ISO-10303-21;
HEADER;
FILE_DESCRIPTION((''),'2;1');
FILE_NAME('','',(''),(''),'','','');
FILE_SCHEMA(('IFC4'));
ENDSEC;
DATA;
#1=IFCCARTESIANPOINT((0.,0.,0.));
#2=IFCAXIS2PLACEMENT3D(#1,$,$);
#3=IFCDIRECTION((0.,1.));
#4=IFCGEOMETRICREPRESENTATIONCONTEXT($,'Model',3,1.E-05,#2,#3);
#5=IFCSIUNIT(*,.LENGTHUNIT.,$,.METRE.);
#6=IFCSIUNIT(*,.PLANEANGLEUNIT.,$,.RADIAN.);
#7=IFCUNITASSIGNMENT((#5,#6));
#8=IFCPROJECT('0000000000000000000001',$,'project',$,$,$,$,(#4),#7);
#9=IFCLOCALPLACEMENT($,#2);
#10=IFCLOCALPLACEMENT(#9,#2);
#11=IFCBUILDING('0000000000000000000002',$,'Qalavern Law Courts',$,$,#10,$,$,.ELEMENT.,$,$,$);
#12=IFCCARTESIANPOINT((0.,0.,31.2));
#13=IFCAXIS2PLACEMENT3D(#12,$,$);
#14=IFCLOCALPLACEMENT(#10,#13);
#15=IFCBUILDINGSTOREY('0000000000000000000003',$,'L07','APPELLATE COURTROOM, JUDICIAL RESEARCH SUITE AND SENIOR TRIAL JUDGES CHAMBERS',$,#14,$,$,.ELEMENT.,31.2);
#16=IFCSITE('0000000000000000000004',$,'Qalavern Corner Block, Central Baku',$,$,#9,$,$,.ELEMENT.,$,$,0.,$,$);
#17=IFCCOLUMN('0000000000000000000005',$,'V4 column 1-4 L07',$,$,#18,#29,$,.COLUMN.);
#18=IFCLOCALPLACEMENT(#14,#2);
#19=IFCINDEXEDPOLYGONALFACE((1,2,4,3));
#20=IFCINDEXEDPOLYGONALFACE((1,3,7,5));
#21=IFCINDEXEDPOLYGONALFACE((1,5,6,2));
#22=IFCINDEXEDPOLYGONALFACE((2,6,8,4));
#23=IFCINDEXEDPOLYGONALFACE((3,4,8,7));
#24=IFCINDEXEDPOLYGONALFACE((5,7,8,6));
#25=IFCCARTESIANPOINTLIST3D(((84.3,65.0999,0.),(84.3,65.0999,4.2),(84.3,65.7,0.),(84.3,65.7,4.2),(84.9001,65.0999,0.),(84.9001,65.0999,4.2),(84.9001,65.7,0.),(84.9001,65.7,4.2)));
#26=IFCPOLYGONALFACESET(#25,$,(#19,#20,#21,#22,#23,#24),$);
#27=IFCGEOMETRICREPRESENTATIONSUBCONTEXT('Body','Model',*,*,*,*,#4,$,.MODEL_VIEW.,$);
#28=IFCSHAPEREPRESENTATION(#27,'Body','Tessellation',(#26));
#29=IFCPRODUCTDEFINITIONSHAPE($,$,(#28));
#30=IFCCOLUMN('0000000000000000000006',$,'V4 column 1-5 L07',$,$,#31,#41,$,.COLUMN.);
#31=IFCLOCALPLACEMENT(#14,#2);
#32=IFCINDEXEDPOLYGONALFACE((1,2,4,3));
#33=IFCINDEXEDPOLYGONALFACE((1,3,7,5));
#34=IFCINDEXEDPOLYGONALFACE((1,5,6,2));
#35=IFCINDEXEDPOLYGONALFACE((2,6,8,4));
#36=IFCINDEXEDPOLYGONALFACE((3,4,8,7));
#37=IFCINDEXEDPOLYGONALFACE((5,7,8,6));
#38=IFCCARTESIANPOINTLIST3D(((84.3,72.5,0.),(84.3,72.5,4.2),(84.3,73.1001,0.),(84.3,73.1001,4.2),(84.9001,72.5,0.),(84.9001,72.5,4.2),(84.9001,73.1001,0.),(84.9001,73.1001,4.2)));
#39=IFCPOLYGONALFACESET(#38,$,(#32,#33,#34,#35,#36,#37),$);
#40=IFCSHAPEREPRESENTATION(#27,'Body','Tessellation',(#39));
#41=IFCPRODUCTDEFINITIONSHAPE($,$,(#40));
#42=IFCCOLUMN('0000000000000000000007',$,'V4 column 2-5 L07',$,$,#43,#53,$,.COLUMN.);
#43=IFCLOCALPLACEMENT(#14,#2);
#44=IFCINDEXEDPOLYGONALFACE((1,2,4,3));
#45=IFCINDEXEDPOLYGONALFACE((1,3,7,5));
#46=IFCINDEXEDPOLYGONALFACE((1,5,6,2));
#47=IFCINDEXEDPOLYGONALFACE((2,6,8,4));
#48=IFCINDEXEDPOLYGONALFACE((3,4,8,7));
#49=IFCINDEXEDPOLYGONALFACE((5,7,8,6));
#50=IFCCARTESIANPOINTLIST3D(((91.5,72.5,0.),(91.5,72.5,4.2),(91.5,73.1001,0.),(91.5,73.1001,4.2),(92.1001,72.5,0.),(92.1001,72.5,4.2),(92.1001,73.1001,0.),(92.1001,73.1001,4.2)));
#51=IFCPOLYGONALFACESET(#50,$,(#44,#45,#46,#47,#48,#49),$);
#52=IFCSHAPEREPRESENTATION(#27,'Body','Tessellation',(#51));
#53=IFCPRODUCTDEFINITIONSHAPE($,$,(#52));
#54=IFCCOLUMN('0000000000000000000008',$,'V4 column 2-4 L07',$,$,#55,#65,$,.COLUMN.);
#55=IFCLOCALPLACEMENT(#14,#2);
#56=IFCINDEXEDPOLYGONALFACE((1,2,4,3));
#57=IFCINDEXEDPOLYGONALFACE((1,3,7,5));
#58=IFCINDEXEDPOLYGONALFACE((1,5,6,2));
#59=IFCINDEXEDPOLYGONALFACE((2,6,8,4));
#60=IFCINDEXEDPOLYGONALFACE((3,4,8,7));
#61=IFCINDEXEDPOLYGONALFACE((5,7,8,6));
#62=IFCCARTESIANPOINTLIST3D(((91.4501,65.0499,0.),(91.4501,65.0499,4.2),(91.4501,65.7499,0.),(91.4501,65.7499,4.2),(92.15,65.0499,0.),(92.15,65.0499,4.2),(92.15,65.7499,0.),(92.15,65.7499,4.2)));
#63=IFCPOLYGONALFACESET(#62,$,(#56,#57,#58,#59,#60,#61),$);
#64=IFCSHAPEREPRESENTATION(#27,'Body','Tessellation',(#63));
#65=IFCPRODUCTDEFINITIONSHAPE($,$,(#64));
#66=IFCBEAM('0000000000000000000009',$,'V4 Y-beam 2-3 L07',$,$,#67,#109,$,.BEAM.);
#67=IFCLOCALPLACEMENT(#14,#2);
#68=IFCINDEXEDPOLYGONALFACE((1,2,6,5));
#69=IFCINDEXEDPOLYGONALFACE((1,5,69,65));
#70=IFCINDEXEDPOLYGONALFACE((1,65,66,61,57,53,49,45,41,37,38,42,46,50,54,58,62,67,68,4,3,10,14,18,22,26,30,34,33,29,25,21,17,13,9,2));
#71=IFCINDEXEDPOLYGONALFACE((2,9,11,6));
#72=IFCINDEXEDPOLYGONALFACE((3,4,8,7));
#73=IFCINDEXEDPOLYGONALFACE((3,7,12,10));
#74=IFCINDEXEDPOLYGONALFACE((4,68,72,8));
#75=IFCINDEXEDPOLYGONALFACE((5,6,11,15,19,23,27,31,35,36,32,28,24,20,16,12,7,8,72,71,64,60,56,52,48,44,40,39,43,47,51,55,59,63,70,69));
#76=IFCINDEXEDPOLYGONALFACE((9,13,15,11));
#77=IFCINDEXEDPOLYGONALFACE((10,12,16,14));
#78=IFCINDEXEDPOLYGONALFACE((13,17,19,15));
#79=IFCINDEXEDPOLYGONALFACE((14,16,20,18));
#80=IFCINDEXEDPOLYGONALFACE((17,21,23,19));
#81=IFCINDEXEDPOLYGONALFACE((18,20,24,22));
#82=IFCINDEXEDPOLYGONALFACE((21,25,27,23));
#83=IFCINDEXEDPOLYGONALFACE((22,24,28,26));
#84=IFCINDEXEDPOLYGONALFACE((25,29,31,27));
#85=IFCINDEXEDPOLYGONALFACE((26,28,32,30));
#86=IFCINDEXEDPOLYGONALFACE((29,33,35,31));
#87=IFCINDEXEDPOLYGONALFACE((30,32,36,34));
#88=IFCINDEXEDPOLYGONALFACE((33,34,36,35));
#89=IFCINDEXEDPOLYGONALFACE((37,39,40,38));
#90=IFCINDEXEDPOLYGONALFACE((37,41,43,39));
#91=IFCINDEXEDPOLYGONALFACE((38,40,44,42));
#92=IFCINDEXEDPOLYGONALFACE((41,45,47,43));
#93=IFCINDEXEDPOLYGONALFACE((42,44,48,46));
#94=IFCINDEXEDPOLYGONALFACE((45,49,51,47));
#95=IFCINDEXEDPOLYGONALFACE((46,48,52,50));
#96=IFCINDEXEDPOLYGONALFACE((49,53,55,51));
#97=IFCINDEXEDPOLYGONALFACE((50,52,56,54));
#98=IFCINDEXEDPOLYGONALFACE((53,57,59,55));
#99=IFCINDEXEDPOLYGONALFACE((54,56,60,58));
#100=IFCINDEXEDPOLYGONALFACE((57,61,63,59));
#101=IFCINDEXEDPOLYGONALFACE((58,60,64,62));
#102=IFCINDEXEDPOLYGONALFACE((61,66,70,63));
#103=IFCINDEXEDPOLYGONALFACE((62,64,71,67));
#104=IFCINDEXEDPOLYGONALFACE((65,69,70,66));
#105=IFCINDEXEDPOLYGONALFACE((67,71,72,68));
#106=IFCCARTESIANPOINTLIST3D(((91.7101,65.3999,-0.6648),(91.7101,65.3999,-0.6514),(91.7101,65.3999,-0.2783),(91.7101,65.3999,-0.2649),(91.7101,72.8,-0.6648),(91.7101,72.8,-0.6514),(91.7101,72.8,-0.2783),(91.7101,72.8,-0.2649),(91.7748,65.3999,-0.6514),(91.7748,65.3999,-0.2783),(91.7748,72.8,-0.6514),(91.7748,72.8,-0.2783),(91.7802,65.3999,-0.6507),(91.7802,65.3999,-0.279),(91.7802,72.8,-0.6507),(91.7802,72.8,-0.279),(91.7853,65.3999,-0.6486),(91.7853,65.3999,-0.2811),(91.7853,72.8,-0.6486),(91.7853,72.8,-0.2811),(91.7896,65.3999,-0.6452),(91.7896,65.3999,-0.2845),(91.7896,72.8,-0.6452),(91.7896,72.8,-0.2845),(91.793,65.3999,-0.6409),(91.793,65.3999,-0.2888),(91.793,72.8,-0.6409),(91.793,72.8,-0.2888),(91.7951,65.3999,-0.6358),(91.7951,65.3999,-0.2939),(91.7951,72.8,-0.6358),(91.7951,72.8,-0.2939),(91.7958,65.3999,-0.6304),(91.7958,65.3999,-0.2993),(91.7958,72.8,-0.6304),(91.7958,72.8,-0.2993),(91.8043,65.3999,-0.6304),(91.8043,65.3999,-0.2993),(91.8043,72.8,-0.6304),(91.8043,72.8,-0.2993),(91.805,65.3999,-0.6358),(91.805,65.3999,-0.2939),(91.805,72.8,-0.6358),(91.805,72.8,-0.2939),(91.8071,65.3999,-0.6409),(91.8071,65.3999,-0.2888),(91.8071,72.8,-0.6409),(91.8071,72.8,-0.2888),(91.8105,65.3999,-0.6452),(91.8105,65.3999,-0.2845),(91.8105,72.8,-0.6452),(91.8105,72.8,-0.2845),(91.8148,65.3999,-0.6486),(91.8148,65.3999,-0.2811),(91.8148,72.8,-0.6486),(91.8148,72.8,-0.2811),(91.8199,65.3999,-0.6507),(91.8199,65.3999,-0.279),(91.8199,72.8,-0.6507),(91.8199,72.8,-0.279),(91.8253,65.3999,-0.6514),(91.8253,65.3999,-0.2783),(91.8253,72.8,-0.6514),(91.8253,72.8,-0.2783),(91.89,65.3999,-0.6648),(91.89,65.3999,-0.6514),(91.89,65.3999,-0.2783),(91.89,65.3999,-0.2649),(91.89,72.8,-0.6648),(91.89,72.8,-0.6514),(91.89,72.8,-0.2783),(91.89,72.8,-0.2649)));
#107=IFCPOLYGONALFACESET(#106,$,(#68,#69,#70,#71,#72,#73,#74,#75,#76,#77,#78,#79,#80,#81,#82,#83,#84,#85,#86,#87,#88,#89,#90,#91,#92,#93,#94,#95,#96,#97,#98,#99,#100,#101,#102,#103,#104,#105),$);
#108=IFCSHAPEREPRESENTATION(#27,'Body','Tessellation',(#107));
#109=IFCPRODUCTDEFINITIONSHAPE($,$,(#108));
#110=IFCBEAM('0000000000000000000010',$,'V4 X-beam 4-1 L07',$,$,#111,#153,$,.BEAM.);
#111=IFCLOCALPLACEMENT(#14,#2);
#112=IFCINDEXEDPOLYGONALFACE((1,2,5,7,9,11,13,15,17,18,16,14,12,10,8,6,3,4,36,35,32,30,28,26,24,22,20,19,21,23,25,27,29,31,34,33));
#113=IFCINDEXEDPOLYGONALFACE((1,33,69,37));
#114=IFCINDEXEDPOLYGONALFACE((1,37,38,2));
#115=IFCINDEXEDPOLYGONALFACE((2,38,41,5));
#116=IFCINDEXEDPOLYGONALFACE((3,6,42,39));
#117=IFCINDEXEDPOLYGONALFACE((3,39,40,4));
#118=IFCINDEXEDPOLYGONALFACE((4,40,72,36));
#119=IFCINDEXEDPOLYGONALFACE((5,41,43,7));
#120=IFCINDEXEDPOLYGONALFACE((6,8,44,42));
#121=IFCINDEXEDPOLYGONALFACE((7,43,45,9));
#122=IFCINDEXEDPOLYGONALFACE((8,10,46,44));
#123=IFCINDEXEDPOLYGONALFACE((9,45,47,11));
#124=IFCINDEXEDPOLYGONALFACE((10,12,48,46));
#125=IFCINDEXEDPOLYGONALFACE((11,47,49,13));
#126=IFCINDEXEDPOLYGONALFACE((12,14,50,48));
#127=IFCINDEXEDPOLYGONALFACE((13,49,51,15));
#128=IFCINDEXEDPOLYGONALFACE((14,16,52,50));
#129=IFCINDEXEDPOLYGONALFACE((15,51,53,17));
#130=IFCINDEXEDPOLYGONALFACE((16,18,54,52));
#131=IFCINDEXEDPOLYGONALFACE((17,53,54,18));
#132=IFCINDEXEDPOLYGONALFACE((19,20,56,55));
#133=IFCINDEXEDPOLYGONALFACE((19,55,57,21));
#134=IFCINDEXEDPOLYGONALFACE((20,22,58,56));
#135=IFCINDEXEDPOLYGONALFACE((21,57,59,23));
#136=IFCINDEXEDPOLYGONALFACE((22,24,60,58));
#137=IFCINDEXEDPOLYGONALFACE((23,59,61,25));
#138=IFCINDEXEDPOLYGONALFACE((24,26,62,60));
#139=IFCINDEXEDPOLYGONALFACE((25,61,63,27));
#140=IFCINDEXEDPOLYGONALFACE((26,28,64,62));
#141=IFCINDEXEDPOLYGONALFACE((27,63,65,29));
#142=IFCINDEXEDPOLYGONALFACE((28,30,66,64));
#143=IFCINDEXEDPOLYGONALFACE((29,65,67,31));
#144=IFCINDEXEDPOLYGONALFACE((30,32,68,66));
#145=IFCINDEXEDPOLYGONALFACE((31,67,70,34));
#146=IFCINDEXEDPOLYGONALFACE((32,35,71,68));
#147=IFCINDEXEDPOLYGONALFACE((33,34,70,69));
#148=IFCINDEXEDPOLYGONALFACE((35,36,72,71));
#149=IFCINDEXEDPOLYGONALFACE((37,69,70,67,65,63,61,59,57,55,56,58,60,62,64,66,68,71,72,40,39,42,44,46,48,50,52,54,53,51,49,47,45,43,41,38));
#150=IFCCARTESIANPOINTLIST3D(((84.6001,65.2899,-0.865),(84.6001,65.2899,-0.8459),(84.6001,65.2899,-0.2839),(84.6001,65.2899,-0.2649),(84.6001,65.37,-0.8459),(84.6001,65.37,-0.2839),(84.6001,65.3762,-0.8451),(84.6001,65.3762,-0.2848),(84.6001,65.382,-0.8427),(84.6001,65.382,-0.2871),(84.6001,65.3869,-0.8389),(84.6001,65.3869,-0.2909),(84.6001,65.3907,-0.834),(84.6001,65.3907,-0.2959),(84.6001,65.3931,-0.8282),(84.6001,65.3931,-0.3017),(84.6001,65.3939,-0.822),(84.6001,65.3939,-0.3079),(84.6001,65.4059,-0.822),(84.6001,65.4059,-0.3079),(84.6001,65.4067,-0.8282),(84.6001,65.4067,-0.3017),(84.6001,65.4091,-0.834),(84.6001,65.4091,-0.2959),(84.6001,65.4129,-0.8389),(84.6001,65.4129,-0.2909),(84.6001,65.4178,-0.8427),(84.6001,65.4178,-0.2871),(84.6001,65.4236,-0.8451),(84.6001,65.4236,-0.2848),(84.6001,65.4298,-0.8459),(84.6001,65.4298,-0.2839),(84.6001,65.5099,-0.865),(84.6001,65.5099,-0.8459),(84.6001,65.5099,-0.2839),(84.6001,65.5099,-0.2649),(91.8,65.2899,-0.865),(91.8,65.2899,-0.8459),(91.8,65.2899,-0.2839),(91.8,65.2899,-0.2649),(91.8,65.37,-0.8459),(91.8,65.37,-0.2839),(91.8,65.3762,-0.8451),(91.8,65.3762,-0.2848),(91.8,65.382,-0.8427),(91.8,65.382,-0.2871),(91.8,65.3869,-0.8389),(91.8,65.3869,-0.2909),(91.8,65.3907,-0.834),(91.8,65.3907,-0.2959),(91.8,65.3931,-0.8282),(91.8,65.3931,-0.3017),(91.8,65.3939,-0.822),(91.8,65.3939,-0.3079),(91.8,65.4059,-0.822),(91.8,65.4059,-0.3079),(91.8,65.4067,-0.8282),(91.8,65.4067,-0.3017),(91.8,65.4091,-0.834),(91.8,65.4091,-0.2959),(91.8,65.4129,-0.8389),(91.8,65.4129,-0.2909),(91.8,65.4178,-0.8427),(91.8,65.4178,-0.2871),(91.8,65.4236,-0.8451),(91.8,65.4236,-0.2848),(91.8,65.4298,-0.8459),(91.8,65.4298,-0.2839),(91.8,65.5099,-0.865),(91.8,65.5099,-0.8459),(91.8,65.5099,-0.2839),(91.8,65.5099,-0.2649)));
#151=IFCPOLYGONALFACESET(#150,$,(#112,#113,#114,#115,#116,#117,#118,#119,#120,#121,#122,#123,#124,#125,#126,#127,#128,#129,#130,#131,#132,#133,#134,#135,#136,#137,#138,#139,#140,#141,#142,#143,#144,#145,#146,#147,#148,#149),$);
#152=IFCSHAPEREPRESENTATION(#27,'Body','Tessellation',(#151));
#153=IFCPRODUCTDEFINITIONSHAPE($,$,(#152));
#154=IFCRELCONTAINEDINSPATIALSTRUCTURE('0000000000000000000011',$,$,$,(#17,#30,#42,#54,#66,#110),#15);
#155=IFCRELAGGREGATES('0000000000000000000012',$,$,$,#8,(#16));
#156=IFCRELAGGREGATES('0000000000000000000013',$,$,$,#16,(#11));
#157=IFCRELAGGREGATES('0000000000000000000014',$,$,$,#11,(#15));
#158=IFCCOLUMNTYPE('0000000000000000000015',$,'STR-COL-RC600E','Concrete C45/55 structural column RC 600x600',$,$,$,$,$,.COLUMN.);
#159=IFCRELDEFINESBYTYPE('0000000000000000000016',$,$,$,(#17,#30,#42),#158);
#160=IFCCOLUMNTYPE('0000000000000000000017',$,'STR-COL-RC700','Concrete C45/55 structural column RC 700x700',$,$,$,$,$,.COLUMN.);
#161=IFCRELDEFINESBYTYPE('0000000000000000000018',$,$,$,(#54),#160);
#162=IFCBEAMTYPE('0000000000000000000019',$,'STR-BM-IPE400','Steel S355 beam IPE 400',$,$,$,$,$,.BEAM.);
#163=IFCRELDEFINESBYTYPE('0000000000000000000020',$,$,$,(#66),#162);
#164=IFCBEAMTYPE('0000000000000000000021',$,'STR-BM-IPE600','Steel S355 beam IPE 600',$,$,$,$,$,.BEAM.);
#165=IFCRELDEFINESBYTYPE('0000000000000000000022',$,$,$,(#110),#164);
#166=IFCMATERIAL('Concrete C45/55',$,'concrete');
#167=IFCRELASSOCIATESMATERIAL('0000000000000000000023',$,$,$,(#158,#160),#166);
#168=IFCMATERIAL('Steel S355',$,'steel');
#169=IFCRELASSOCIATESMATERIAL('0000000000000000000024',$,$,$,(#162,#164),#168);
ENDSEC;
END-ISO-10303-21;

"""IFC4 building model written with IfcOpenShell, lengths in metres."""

from ifc_helpers import new_model, si_unit, direction, frame, origin, origin_2d, place, context, subcontext, project, spatial, rectangle, i_section, extrude, material, material_profile, profile_set, type_object, element, save


model = new_model("IFC4")

# Units and contexts
model_context = context("Model", 3, precision=1e-05, world=origin(), true_north=direction((0.0, 1.0)))
body_context = subcontext(model_context, "Body", "Model", "MODEL_VIEW")
ifc_project = project(units=[si_unit("LENGTHUNIT", "METRE"), si_unit("PLANEANGLEUNIT", "RADIAN")], contexts=[model_context])

# Site, building, storey
site_placement = place(None, origin())
site = spatial("IfcSite", under=ifc_project, at=site_placement, Name="Qalavern Corner Block, Central Baku", CompositionType="ELEMENT", RefElevation=0.0)
building_placement = place(site_placement, origin())
building = spatial("IfcBuilding", under=site, at=building_placement, Name="Qalavern Law Courts", CompositionType="ELEMENT")
storey_placement = place(building_placement, frame((0.0, 0.0, 31.2)))
storey = spatial("IfcBuildingStorey", under=building, at=storey_placement, Name="L07", Description="APPELLATE COURTROOM, JUDICIAL RESEARCH SUITE AND SENIOR TRIAL JUDGES CHAMBERS", CompositionType="ELEMENT", Elevation=31.2)

# Columns
ifc_material_1 = material(Name="Concrete C45/55", Category="concrete")
ifc_material_profile_1 = material_profile(ifc_material_1, rectangle(XDim=0.6001, YDim=0.6001, at=origin_2d()), Name="RC 600x600")
ifc_profile_set_1 = profile_set([ifc_material_profile_1], Name="Concrete C45/55")
column_type_1 = type_object("IfcColumnType", Name="STR-COL-RC600E", Description="Concrete C45/55 structural column RC 600x600", PredefinedType="COLUMN", material=ifc_profile_set_1)
for number, where, z_axis, x_axis, name in (
    (1, (84.6001, 65.3999, 0.0), (0.0, 0.0, 1.0), (1.0, 0.0, 0.0), "V4 column 1-4 L07"),
    (2, (84.6001, 72.8, 0.0), (0.0, 0.0, 1.0), (1.0, 0.0, 0.0), "V4 column 1-5 L07"),
    (3, (91.8, 72.8, 0.0), (0.0, 0.0, 1.0), (1.0, 0.0, 0.0), "V4 column 2-5 L07"),
):
    element("IfcColumn", number, at=place(storey_placement, frame(where, z_axis=z_axis, x_axis=x_axis)), inside=storey, type_object=column_type_1, Name=name, PredefinedType="COLUMN", context=body_context, shape_type="SweptSolid", body=[
        extrude(rectangle(XDim=0.6001, YDim=0.6001, at=origin_2d()), origin(), (0.0, 0.0, 1.0), 4.2),
    ])
ifc_material_profile_2 = material_profile(ifc_material_1, rectangle(XDim=0.7, YDim=0.7, at=origin_2d()), Name="RC 700x700")
ifc_profile_set_2 = profile_set([ifc_material_profile_2], Name="Concrete C45/55")
column_type_2 = type_object("IfcColumnType", Name="STR-COL-RC700", Description="Concrete C45/55 structural column RC 700x700", PredefinedType="COLUMN", material=ifc_profile_set_2)
column_placement = place(storey_placement, frame((91.8, 65.3999, 0.0), z_axis=(0.0, 0.0, 1.0), x_axis=(1.0, 0.0, 0.0)))
element("IfcColumn", 4, at=column_placement, inside=storey, type_object=column_type_2, Name="V4 column 2-4 L07", PredefinedType="COLUMN", context=body_context, shape_type="SweptSolid", body=[
    extrude(rectangle(XDim=0.7, YDim=0.7, at=origin_2d()), origin(), (0.0, 0.0, 1.0), 4.2),
])

# Beams
ifc_material_2 = material(Name="Steel S355", Category="steel")
ifc_material_profile_3 = material_profile(ifc_material_2, i_section(OverallWidth=0.1799, OverallDepth=0.3999, WebThickness=0.0085, FlangeThickness=0.0134, FilletRadius=0.021, at=origin_2d()), Name="IPE 400")
ifc_profile_set_3 = profile_set([ifc_material_profile_3], Name="Steel S355")
beam_type_1 = type_object("IfcBeamType", Name="STR-BM-IPE400", Description="Steel S355 beam IPE 400", PredefinedType="BEAM", material=ifc_profile_set_3)
beam_1_placement = place(storey_placement, frame((91.8, 65.3999, -0.4648), z_axis=(0.0, 1.0, 0.0), x_axis=(-1.0, 0.0, 0.0)))
element("IfcBeam", 5, at=beam_1_placement, inside=storey, type_object=beam_type_1, Name="V4 Y-beam 2-3 L07", PredefinedType="BEAM", context=body_context, shape_type="SweptSolid", body=[
    extrude(i_section(OverallWidth=0.1799, OverallDepth=0.3999, WebThickness=0.0085, FlangeThickness=0.0134, FilletRadius=0.021, at=origin_2d()), origin(), (0.0, 0.0, 1.0), 7.4001),
])
ifc_material_profile_4 = material_profile(ifc_material_2, i_section(OverallWidth=0.22, OverallDepth=0.6001, WebThickness=0.012, FlangeThickness=0.019, FilletRadius=0.0239, at=origin_2d()), Name="IPE 600")
ifc_profile_set_4 = profile_set([ifc_material_profile_4], Name="Steel S355")
beam_type_2 = type_object("IfcBeamType", Name="STR-BM-IPE600", Description="Steel S355 beam IPE 600", PredefinedType="BEAM", material=ifc_profile_set_4)
beam_2_placement = place(storey_placement, frame((84.6001, 65.3999, -0.5649), z_axis=(1.0, 0.0, 0.0), x_axis=(0.0, 1.0, 0.0)))
element("IfcBeam", 6, at=beam_2_placement, inside=storey, type_object=beam_type_2, Name="V4 X-beam 4-1 L07", PredefinedType="BEAM", context=body_context, shape_type="SweptSolid", body=[
    extrude(i_section(OverallWidth=0.22, OverallDepth=0.6001, WebThickness=0.012, FlangeThickness=0.019, FilletRadius=0.0239, at=origin_2d()), origin(), (0.0, 0.0, 1.0), 7.2),
])

save(model, "model.ifc")
